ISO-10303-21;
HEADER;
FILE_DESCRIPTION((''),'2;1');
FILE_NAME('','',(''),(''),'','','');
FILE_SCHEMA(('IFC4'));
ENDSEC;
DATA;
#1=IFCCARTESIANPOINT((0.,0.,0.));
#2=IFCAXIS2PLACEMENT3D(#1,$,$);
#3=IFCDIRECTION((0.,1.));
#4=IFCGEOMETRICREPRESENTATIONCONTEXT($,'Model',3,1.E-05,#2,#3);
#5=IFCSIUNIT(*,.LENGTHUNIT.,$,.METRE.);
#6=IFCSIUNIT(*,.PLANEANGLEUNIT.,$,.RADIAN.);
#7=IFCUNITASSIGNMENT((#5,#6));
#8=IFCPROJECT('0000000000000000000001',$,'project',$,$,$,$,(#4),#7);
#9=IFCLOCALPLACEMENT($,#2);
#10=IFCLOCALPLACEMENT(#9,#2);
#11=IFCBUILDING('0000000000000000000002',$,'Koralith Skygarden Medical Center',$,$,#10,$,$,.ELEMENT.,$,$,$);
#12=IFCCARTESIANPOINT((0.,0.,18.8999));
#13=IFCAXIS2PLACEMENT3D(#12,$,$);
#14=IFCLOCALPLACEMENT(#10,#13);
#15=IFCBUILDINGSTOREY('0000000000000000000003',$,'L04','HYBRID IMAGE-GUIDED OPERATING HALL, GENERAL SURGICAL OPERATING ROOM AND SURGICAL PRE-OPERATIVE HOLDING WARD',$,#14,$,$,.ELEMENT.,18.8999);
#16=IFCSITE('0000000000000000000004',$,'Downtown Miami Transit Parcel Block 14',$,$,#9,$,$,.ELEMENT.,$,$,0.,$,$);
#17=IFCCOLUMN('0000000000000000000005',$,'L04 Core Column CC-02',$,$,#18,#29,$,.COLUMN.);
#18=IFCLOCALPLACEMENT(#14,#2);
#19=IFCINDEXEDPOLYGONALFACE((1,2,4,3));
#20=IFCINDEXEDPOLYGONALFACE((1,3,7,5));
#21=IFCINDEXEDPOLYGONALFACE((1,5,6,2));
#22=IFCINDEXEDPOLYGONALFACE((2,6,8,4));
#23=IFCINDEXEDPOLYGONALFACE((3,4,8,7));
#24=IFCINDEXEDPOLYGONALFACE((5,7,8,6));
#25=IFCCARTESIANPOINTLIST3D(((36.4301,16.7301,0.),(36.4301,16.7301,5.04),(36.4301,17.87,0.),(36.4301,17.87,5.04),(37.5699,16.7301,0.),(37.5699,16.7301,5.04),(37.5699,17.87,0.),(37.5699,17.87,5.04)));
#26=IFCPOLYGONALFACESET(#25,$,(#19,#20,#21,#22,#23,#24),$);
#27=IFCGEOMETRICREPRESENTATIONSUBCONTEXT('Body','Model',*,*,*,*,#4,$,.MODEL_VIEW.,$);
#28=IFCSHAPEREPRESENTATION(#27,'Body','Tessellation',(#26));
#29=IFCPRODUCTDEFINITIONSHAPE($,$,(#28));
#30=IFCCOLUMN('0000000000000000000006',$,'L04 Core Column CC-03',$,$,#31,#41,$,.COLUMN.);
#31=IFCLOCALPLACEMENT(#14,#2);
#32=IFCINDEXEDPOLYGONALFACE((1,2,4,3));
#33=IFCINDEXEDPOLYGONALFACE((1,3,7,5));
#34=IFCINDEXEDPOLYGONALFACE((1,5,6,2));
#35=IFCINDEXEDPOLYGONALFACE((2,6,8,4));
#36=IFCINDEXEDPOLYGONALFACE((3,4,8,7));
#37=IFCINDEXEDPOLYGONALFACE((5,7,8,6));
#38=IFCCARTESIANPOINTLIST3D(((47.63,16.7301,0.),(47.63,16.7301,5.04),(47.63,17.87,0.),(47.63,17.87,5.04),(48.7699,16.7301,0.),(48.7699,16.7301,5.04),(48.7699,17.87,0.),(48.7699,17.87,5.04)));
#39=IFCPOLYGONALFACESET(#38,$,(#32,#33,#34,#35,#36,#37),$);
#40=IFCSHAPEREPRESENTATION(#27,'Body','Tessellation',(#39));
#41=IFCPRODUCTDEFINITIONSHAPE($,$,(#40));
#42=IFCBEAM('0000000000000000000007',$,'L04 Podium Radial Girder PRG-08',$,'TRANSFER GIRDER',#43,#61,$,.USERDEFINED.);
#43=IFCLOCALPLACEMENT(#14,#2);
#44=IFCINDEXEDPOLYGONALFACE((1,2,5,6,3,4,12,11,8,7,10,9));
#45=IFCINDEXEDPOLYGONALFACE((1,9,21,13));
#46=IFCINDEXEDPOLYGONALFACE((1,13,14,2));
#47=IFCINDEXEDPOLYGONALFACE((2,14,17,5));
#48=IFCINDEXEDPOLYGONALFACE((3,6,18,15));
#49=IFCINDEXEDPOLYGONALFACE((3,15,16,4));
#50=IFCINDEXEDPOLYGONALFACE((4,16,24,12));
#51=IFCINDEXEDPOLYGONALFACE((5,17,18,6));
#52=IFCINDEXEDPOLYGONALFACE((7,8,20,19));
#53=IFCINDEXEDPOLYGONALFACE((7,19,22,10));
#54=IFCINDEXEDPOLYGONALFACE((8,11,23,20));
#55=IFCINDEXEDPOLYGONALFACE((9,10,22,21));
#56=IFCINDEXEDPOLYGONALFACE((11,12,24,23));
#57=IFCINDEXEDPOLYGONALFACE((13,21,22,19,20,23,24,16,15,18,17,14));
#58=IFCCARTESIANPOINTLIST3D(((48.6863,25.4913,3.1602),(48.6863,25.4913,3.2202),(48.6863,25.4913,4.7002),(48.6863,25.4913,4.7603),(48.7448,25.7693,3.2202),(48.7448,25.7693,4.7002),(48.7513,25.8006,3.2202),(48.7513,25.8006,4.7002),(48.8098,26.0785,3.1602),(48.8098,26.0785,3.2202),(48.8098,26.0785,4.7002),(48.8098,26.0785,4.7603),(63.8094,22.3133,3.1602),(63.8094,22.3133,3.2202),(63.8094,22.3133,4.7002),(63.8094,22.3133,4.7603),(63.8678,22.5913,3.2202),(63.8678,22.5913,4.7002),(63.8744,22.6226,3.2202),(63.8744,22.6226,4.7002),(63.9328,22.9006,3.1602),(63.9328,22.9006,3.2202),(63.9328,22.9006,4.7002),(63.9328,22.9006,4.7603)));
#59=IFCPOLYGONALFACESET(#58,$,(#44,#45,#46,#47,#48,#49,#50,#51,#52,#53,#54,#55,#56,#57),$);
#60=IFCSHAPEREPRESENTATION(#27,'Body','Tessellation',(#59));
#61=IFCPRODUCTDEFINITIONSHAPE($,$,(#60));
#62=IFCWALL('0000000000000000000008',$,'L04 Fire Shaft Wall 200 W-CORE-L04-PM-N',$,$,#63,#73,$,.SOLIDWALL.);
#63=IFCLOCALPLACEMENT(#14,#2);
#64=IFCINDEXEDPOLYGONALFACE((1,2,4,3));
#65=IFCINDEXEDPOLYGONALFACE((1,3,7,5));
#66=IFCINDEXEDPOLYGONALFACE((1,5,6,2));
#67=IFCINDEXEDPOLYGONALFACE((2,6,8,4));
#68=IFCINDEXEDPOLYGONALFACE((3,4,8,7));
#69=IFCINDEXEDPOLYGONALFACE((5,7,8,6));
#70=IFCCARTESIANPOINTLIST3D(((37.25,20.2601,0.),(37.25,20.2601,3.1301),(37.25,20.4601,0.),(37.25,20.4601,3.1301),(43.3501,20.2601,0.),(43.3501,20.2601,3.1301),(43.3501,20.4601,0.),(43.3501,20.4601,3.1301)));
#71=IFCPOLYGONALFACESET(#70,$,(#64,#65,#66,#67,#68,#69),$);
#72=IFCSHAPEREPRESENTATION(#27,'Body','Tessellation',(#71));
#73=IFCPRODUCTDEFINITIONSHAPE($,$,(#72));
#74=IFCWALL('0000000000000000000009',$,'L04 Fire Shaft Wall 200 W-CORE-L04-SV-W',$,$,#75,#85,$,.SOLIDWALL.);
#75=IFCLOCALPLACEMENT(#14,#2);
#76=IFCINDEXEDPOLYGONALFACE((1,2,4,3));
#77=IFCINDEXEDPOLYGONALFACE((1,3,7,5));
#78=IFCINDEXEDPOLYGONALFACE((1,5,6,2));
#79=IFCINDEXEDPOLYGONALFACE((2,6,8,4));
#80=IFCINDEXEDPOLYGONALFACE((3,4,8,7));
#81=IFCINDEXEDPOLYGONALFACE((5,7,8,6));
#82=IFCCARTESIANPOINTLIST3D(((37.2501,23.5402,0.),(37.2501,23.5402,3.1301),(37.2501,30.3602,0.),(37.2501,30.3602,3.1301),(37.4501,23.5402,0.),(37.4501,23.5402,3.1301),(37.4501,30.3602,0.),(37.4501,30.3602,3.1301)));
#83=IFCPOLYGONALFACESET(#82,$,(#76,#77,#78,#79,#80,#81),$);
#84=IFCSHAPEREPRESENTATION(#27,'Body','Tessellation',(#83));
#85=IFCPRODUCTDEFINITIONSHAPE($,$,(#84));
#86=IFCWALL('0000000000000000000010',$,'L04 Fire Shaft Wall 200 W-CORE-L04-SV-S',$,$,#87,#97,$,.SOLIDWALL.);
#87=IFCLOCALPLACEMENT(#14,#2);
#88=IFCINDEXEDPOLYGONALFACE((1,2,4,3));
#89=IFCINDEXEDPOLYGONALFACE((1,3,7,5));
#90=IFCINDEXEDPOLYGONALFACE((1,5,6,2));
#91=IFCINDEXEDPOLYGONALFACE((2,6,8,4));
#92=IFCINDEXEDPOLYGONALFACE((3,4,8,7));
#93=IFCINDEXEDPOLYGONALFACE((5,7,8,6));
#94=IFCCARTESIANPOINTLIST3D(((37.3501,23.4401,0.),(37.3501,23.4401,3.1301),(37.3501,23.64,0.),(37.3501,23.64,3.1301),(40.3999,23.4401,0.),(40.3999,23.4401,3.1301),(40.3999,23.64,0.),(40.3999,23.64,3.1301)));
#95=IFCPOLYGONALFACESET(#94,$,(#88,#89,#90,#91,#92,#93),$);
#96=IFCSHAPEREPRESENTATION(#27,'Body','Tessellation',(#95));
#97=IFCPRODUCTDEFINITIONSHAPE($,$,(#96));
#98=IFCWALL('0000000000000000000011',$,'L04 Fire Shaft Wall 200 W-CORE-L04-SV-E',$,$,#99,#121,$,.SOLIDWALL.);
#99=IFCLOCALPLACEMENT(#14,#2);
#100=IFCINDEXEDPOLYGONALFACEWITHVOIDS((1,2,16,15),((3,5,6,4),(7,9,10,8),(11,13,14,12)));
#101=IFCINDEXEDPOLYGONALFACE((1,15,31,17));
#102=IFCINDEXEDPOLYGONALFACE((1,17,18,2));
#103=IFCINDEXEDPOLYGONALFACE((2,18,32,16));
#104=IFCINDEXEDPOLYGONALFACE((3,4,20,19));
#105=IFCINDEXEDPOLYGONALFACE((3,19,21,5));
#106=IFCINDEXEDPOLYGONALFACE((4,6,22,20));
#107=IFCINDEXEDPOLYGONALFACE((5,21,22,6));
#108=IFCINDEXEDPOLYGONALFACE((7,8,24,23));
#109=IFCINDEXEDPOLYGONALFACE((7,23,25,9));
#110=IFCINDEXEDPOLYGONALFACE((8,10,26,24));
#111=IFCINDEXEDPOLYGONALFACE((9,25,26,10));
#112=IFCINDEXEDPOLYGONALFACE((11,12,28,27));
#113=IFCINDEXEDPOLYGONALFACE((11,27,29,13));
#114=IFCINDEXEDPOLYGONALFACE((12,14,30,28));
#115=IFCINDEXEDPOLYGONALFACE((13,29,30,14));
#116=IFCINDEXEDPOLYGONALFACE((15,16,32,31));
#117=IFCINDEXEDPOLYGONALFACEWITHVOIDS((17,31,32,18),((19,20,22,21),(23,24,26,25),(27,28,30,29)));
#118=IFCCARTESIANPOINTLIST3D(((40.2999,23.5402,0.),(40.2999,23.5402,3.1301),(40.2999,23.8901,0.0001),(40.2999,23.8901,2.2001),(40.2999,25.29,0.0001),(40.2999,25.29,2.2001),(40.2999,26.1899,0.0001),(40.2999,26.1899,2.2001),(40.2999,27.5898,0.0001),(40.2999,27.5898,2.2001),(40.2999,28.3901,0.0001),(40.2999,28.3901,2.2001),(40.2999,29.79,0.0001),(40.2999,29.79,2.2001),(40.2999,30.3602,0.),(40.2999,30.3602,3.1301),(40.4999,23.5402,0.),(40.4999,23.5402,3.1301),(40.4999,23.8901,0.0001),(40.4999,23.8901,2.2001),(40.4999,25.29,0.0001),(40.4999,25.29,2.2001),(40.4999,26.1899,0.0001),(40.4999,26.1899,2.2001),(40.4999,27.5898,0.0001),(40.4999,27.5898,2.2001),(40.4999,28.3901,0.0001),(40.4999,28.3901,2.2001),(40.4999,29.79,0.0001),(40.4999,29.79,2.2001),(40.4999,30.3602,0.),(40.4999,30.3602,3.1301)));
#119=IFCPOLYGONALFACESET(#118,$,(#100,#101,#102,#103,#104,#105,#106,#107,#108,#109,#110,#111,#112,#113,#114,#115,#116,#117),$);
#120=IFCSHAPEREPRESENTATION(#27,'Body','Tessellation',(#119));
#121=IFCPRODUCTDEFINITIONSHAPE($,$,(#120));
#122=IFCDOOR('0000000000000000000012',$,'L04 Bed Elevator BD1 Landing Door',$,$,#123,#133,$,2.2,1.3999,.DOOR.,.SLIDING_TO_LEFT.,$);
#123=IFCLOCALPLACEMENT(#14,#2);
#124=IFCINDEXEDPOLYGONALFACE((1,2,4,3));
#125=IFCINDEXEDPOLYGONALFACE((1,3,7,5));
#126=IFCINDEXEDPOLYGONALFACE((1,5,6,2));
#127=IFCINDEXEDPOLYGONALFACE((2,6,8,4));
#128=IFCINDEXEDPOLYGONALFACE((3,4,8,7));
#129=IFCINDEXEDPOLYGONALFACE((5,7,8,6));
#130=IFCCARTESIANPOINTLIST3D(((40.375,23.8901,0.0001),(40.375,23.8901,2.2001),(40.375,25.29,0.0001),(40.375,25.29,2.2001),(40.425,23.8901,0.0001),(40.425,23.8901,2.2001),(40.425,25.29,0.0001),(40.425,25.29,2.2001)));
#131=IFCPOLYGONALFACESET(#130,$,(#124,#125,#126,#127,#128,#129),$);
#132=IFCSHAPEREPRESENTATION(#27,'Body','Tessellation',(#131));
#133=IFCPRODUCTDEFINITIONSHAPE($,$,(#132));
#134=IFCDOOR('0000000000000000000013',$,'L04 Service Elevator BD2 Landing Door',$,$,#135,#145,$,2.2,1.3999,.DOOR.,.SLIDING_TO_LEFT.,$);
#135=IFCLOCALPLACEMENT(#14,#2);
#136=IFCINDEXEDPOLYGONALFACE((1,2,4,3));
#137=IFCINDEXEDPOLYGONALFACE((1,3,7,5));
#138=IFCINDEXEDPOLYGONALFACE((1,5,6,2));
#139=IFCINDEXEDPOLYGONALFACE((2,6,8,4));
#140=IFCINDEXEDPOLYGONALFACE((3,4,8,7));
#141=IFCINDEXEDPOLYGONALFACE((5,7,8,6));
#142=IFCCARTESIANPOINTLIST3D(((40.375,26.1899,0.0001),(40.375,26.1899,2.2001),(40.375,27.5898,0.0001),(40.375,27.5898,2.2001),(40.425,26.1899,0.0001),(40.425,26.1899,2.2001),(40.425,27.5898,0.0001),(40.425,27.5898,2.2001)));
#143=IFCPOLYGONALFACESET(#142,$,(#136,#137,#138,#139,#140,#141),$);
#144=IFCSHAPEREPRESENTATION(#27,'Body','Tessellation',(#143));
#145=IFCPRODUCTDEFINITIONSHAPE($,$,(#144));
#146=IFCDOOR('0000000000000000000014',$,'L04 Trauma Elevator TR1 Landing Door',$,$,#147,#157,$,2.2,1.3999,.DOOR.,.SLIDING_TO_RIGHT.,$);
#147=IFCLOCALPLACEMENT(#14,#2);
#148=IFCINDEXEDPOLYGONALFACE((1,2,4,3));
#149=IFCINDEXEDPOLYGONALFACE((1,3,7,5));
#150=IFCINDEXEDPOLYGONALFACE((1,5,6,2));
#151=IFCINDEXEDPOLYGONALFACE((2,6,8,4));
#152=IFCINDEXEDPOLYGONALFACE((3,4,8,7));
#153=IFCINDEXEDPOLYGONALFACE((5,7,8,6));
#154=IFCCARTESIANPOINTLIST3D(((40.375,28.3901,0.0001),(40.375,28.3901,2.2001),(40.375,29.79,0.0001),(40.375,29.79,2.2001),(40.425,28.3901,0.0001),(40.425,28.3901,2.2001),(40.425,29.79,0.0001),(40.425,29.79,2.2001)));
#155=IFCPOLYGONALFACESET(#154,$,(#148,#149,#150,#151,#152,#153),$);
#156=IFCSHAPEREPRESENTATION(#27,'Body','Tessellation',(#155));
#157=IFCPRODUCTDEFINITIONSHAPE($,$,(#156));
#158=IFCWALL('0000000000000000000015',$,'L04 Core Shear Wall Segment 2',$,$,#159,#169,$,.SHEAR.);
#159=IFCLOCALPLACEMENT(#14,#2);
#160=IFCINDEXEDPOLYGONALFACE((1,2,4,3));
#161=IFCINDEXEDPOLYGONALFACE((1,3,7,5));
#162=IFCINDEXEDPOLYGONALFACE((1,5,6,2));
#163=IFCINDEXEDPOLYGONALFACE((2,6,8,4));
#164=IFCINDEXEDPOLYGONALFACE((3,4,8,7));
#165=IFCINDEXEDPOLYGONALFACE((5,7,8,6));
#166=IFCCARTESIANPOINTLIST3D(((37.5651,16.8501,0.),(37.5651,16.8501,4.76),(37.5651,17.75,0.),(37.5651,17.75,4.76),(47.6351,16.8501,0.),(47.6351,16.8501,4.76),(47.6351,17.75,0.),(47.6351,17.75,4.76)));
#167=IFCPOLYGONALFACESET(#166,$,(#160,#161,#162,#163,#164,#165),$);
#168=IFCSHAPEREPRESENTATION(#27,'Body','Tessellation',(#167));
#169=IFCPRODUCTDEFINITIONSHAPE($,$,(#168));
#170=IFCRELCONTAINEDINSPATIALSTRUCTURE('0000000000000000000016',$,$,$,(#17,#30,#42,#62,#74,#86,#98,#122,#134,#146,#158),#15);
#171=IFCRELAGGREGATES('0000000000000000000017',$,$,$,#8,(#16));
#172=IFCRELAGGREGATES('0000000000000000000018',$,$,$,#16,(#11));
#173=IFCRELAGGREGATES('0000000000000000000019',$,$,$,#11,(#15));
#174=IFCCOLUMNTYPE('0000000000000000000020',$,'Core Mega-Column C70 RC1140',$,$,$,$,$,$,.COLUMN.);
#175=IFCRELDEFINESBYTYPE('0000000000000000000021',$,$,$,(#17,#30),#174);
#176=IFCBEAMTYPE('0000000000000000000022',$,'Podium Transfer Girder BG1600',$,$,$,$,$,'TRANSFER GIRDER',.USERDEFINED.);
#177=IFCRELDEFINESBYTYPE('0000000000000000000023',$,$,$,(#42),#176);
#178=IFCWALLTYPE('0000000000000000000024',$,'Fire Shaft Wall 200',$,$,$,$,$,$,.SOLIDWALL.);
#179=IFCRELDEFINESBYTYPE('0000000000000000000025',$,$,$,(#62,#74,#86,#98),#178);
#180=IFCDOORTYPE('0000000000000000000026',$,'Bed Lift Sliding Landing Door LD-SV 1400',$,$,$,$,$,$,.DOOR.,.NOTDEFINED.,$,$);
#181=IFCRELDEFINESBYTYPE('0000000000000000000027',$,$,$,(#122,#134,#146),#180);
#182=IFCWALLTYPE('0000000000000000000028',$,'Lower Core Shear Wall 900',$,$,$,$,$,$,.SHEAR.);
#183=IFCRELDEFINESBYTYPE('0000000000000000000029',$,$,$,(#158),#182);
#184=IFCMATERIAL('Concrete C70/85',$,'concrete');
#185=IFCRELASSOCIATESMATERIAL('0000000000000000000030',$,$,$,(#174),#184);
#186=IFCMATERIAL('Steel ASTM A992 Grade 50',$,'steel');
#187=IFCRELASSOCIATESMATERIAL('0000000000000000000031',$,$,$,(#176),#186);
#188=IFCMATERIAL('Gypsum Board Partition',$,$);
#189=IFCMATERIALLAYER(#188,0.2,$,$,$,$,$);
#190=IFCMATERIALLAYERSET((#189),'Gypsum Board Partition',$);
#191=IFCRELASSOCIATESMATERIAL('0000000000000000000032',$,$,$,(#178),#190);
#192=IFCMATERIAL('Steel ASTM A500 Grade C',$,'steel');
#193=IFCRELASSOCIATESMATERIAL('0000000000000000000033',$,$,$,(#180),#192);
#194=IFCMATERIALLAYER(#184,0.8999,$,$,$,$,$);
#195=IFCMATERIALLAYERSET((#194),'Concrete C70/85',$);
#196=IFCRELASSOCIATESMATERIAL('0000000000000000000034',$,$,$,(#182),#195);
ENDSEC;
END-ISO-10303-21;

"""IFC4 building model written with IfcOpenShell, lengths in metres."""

from ifc_helpers import new_model, si_unit, direction, frame, frame_2d, origin, origin_2d, place, context, subcontext, project, spatial, rectangle, i_section, extrude, material, layer, layer_set, material_profile, profile_set, type_object, element, fill, save


model = new_model("IFC4")

# Units and contexts
model_context = context("Model", 3, precision=1e-05, world=origin(), true_north=direction((0.0, 1.0)))
body_context = subcontext(model_context, "Body", "Model", "MODEL_VIEW")
ifc_project = project(units=[si_unit("LENGTHUNIT", "METRE"), si_unit("PLANEANGLEUNIT", "RADIAN")], contexts=[model_context])

# Site, building, storey
site_placement = place(None, origin())
site = spatial("IfcSite", under=ifc_project, at=site_placement, Name="Downtown Miami Transit Parcel Block 14", CompositionType="ELEMENT", RefElevation=0.0)
building_placement = place(site_placement, origin())
building = spatial("IfcBuilding", under=site, at=building_placement, Name="Koralith Skygarden Medical Center", CompositionType="ELEMENT")
storey_placement = place(building_placement, frame((0.0, 0.0, 18.8999)))
storey = spatial("IfcBuildingStorey", under=building, at=storey_placement, Name="L04", Description="HYBRID IMAGE-GUIDED OPERATING HALL, GENERAL SURGICAL OPERATING ROOM AND SURGICAL PRE-OPERATIVE HOLDING WARD", CompositionType="ELEMENT", Elevation=18.8999)

# Columns
ifc_material_1 = material(Name="Concrete C70/85", Category="concrete")
ifc_material_profile_1 = material_profile(ifc_material_1, rectangle(XDim=1.1399, YDim=1.1399, at=origin_2d()), Name="RC1140X1140")
ifc_profile_set_1 = profile_set([ifc_material_profile_1], Name="Concrete C70/85")
column_type = type_object("IfcColumnType", Name="Core Mega-Column C70 RC1140", PredefinedType="COLUMN", material=ifc_profile_set_1)
for number, where, z_axis, x_axis, name in (
    (1, (37.0, 17.3, 0.0), (0.0, 0.0, 1.0), (1.0, 0.0, 0.0), "L04 Core Column CC-02"),
    (2, (48.2, 17.3, 0.0), (0.0, 0.0, 1.0), (1.0, 0.0, 0.0), "L04 Core Column CC-03"),
):
    element("IfcColumn", number, at=place(storey_placement, frame(where, z_axis=z_axis, x_axis=x_axis)), inside=storey, type_object=column_type, Name=name, PredefinedType="COLUMN", context=body_context, shape_type="SweptSolid", body=[
        extrude(rectangle(XDim=1.1399, YDim=1.1399, at=origin_2d()), origin(), (0.0, 0.0, 1.0), 5.04),
    ])

# Beam
ifc_material_2 = material(Name="Steel ASTM A992 Grade 50", Category="steel")
ifc_material_profile_2 = material_profile(ifc_material_2, i_section(OverallWidth=0.6001, OverallDepth=1.6001, WebThickness=0.032, FlangeThickness=0.0601, at=origin_2d()), Name="BG1600X600X60X32")
ifc_profile_set_2 = profile_set([ifc_material_profile_2], Name="Steel ASTM A992 Grade 50")
beam_type = type_object("IfcBeamType", Name="Podium Transfer Girder BG1600", ElementType="TRANSFER GIRDER", PredefinedType="USERDEFINED", material=ifc_profile_set_2)
beam_placement = place(storey_placement, frame((48.748, 25.7849, 3.9602), z_axis=(0.978626, -0.20565, 0.0), x_axis=(0.20565, 0.978626, 0.0)))
element("IfcBeam", 3, at=beam_placement, inside=storey, type_object=beam_type, Name="L04 Podium Radial Girder PRG-08", ObjectType="TRANSFER GIRDER", PredefinedType="USERDEFINED", context=body_context, shape_type="SweptSolid", body=[
    extrude(i_section(OverallWidth=0.6001, OverallDepth=1.6001, WebThickness=0.032, FlangeThickness=0.0601, at=origin_2d()), origin(), (0.0, 0.0, 1.0), 15.4534),
])

# Shared definitions
ifc_material_3 = material(Name="Gypsum Board Partition")
ifc_layer_1 = layer(ifc_material_3, 0.2)
ifc_layer_set_1 = layer_set([ifc_layer_1], Name="Gypsum Board Partition")
wall_type_1 = type_object("IfcWallType", Name="Fire Shaft Wall 200", PredefinedType="SOLIDWALL", material=ifc_layer_set_1)
ifc_material_4 = material(Name="Steel ASTM A500 Grade C", Category="steel")

# Walls
wall_1_placement = place(storey_placement, frame((37.25, 20.3601, 0.0), z_axis=(0.0, 0.0, 1.0), x_axis=(1.0, 0.0, 0.0)))
element("IfcWall", 4, at=wall_1_placement, inside=storey, type_object=wall_type_1, Name="L04 Fire Shaft Wall 200 W-CORE-L04-PM-N", PredefinedType="SOLIDWALL", context=body_context, shape_type="SweptSolid", body=[
    extrude(rectangle(XDim=6.1001, YDim=0.2, at=frame_2d((3.05, 0.0))), origin(), (0.0, 0.0, 1.0), 3.1301),
])
wall_2_placement = place(storey_placement, frame((37.3501, 23.54, 0.0), z_axis=(0.0, 0.0, 1.0), x_axis=(0.0, 1.0, 0.0)))
element("IfcWall", 5, at=wall_2_placement, inside=storey, type_object=wall_type_1, Name="L04 Fire Shaft Wall 200 W-CORE-L04-SV-W", PredefinedType="SOLIDWALL", context=body_context, shape_type="SweptSolid", body=[
    extrude(rectangle(XDim=6.8201, YDim=0.2, at=frame_2d((3.4102, 0.0))), origin(), (0.0, 0.0, 1.0), 3.1301),
])
wall_3_placement = place(storey_placement, frame((37.3501, 23.54, 0.0), z_axis=(0.0, 0.0, 1.0), x_axis=(1.0, 0.0, 0.0)))
element("IfcWall", 6, at=wall_3_placement, inside=storey, type_object=wall_type_1, Name="L04 Fire Shaft Wall 200 W-CORE-L04-SV-S", PredefinedType="SOLIDWALL", context=body_context, shape_type="SweptSolid", body=[
    extrude(rectangle(XDim=3.0498, YDim=0.2, at=frame_2d((1.5249, 0.0))), origin(), (0.0, 0.0, 1.0), 3.1301),
])

# Wall, openings, doors
wall_4_placement = place(storey_placement, frame((40.3999, 23.54, 0.0), z_axis=(0.0, 0.0, 1.0), x_axis=(0.0, 1.0, 0.0)))
wall_4 = element("IfcWall", 7, at=wall_4_placement, inside=storey, type_object=wall_type_1, Name="L04 Fire Shaft Wall 200 W-CORE-L04-SV-E", PredefinedType="SOLIDWALL", context=body_context, shape_type="SweptSolid", body=[
    extrude(rectangle(XDim=6.8201, YDim=0.2, at=frame_2d((3.4102, 0.0))), origin(), (0.0, 0.0, 1.0), 3.1301),
])
opening_1_placement = place(wall_4_placement, frame((0.3501, 0.0, 0.0)))
opening_1 = element("IfcOpeningElement", 8, at=opening_1_placement, cuts=wall_4, PredefinedType="OPENING", context=body_context, shape_type="SweptSolid", body=[
    extrude(rectangle(XDim=1.3999, YDim=2.2, at=frame_2d((0.7, 1.1001))), frame((0.0, 0.1099, 0.0), z_axis=(0.0, -1.0, 0.0), x_axis=(1.0, 0.0, 0.0)), (0.0, 0.0, 1.0), 0.22),
])
opening_2_placement = place(wall_4_placement, frame((2.6499, 0.0, 0.0)))
opening_2 = element("IfcOpeningElement", 9, at=opening_2_placement, cuts=wall_4, PredefinedType="OPENING", context=body_context, shape_type="SweptSolid", body=[
    extrude(rectangle(XDim=1.3999, YDim=2.2, at=frame_2d((0.7, 1.1001))), frame((0.0, 0.1099, 0.0), z_axis=(0.0, -1.0, 0.0), x_axis=(1.0, 0.0, 0.0)), (0.0, 0.0, 1.0), 0.22),
])
opening_3_placement = place(wall_4_placement, frame((4.8501, 0.0, 0.0)))
opening_3 = element("IfcOpeningElement", 10, at=opening_3_placement, cuts=wall_4, PredefinedType="OPENING", context=body_context, shape_type="SweptSolid", body=[
    extrude(rectangle(XDim=1.3999, YDim=2.2, at=frame_2d((0.7, 1.1001))), frame((0.0, 0.1099, 0.0), z_axis=(0.0, -1.0, 0.0), x_axis=(1.0, 0.0, 0.0)), (0.0, 0.0, 1.0), 0.22),
])
door_type_1 = type_object("IfcDoorType", Name="Bed Lift Sliding Landing Door LD-SV 1400", OperationType="NOTDEFINED", PredefinedType="DOOR", material=ifc_material_4)
door_1_placement = place(opening_1_placement, origin())
door_1 = element("IfcDoor", 11, at=door_1_placement, inside=storey, type_object=door_type_1, Name="L04 Bed Elevator BD1 Landing Door", OperationType="SLIDING_TO_LEFT", OverallHeight=2.2, OverallWidth=1.3999, PredefinedType="DOOR", context=body_context, shape_type="SweptSolid", body=[
    extrude(rectangle(XDim=1.3999, YDim=2.2, at=frame_2d((0.7, 1.1001))), frame((0.0, 0.0249, 0.0), z_axis=(0.0, -1.0, 0.0), x_axis=(1.0, 0.0, 0.0)), (0.0, 0.0, 1.0), 0.05),
])
fill(opening_1, door_1)
door_2_placement = place(opening_2_placement, origin())
door_2 = element("IfcDoor", 12, at=door_2_placement, inside=storey, type_object=door_type_1, Name="L04 Service Elevator BD2 Landing Door", OperationType="SLIDING_TO_LEFT", OverallHeight=2.2, OverallWidth=1.3999, PredefinedType="DOOR", context=body_context, shape_type="SweptSolid", body=[
    extrude(rectangle(XDim=1.3999, YDim=2.2, at=frame_2d((0.7, 1.1001))), frame((0.0, 0.0249, 0.0), z_axis=(0.0, -1.0, 0.0), x_axis=(1.0, 0.0, 0.0)), (0.0, 0.0, 1.0), 0.05),
])
fill(opening_2, door_2)
door_3_placement = place(opening_3_placement, origin())
door_3 = element("IfcDoor", 13, at=door_3_placement, inside=storey, type_object=door_type_1, Name="L04 Trauma Elevator TR1 Landing Door", OperationType="SLIDING_TO_RIGHT", OverallHeight=2.2, OverallWidth=1.3999, PredefinedType="DOOR", context=body_context, shape_type="SweptSolid", body=[
    extrude(rectangle(XDim=1.3999, YDim=2.2, at=frame_2d((0.7, 1.1001))), frame((0.0, 0.0249, 0.0), z_axis=(0.0, -1.0, 0.0), x_axis=(1.0, 0.0, 0.0)), (0.0, 0.0, 1.0), 0.05),
])
fill(opening_3, door_3)

# Wall
ifc_layer_2 = layer(ifc_material_1, 0.8999)
ifc_layer_set_2 = layer_set([ifc_layer_2], Name="Concrete C70/85")
wall_type_2 = type_object("IfcWallType", Name="Lower Core Shear Wall 900", PredefinedType="SHEAR", material=ifc_layer_set_2)
wall_5_placement = place(storey_placement, frame((37.5649, 17.3, 0.0), z_axis=(0.0, 0.0, 1.0), x_axis=(1.0, 0.0, 0.0)))
element("IfcWall", 14, at=wall_5_placement, inside=storey, type_object=wall_type_2, Name="L04 Core Shear Wall Segment 2", PredefinedType="SHEAR", context=body_context, shape_type="SweptSolid", body=[
    extrude(rectangle(XDim=10.0701, YDim=0.8999, at=frame_2d((5.0352, 0.0))), origin(), (0.0, 0.0, 1.0), 4.76),
])

save(model, "model.ifc")
